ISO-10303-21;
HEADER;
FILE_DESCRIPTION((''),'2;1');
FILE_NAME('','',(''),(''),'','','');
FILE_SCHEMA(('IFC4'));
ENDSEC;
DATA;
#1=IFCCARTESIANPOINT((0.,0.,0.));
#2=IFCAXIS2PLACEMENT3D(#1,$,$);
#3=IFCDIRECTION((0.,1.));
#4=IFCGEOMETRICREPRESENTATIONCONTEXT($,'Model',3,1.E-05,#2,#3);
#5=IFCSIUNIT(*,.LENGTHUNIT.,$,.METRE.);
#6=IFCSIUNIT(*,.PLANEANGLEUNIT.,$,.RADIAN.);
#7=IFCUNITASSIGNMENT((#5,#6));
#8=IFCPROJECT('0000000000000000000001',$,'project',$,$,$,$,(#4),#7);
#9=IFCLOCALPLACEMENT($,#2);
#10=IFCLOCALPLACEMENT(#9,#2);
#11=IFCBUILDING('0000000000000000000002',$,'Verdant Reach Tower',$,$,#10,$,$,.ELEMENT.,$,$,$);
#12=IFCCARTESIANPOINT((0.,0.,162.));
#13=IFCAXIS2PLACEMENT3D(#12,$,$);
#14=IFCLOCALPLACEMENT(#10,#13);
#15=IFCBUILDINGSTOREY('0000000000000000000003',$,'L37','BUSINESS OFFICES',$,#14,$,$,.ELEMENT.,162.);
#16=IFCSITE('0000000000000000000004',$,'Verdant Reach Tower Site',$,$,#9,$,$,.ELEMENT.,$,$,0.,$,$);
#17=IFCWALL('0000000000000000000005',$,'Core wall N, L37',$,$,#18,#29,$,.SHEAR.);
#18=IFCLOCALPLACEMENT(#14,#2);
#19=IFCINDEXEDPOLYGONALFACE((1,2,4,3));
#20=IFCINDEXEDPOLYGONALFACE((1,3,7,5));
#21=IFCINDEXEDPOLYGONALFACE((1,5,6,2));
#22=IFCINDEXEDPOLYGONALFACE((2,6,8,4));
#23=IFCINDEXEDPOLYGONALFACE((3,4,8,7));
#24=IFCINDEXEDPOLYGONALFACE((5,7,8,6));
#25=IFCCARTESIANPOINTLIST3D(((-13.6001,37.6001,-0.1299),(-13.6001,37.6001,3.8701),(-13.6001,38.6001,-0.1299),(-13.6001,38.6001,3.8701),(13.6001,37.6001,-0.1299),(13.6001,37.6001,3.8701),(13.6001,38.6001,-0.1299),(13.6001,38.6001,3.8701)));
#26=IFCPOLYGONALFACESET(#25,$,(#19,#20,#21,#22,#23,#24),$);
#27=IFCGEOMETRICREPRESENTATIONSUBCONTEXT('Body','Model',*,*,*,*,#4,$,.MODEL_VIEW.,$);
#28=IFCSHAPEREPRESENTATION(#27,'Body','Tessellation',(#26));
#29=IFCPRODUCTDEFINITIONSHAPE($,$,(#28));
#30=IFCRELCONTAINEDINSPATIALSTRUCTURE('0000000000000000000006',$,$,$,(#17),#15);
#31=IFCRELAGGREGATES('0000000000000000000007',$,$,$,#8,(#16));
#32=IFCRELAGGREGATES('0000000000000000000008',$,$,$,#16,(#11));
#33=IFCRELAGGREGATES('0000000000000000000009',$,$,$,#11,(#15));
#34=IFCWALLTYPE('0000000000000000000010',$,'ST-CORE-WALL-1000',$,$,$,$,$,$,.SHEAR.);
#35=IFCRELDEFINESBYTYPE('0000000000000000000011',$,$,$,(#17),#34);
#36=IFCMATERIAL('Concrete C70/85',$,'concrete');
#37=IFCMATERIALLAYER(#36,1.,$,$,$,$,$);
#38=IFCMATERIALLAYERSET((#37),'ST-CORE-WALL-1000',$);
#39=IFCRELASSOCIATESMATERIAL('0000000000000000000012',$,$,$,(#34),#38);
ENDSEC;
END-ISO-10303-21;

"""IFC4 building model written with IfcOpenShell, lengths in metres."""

from ifc_helpers import new_model, si_unit, direction, frame, frame_2d, origin, place, context, subcontext, project, spatial, rectangle, extrude, material, layer, layer_set, type_object, element, save


model = new_model("IFC4")

# Units and contexts
model_context = context("Model", 3, precision=1e-05, world=origin(), true_north=direction((0.0, 1.0)))
body_context = subcontext(model_context, "Body", "Model", "MODEL_VIEW")
ifc_project = project(units=[si_unit("LENGTHUNIT", "METRE"), si_unit("PLANEANGLEUNIT", "RADIAN")], contexts=[model_context])

# Site, building, storey
site_placement = place(None, origin())
site = spatial("IfcSite", under=ifc_project, at=site_placement, Name="Verdant Reach Tower Site", CompositionType="ELEMENT", RefElevation=0.0)
building_placement = place(site_placement, origin())
building = spatial("IfcBuilding", under=site, at=building_placement, Name="Verdant Reach Tower", CompositionType="ELEMENT")
storey_placement = place(building_placement, frame((0.0, 0.0, 162.0)))
storey = spatial("IfcBuildingStorey", under=building, at=storey_placement, Name="L37", Description="BUSINESS OFFICES", CompositionType="ELEMENT", Elevation=162.0)

# Wall
ifc_material_1 = material(Name="Concrete C70/85", Category="concrete")
ifc_layer_1 = layer(ifc_material_1, 1.0)
ifc_layer_set_1 = layer_set([ifc_layer_1], Name="ST-CORE-WALL-1000")
wall_type_1 = type_object("IfcWallType", Name="ST-CORE-WALL-1000", PredefinedType="SHEAR", material=ifc_layer_set_1)
wall_1_placement = place(storey_placement, frame((-13.6001, 38.1001, -0.1299), z_axis=(0.0, 0.0, 1.0), x_axis=(1.0, 0.0, 0.0)))
element("IfcWall", 1, at=wall_1_placement, inside=storey, type_object=wall_type_1, Name="Core wall N, L37", PredefinedType="SHEAR", context=body_context, shape_type="SweptSolid", body=[
    extrude(rectangle(XDim=27.2002, YDim=1.0, at=frame_2d((13.6001, 0.0))), origin(), (0.0, 0.0, 1.0), 4.0),
])

save(model, "model.ifc")
